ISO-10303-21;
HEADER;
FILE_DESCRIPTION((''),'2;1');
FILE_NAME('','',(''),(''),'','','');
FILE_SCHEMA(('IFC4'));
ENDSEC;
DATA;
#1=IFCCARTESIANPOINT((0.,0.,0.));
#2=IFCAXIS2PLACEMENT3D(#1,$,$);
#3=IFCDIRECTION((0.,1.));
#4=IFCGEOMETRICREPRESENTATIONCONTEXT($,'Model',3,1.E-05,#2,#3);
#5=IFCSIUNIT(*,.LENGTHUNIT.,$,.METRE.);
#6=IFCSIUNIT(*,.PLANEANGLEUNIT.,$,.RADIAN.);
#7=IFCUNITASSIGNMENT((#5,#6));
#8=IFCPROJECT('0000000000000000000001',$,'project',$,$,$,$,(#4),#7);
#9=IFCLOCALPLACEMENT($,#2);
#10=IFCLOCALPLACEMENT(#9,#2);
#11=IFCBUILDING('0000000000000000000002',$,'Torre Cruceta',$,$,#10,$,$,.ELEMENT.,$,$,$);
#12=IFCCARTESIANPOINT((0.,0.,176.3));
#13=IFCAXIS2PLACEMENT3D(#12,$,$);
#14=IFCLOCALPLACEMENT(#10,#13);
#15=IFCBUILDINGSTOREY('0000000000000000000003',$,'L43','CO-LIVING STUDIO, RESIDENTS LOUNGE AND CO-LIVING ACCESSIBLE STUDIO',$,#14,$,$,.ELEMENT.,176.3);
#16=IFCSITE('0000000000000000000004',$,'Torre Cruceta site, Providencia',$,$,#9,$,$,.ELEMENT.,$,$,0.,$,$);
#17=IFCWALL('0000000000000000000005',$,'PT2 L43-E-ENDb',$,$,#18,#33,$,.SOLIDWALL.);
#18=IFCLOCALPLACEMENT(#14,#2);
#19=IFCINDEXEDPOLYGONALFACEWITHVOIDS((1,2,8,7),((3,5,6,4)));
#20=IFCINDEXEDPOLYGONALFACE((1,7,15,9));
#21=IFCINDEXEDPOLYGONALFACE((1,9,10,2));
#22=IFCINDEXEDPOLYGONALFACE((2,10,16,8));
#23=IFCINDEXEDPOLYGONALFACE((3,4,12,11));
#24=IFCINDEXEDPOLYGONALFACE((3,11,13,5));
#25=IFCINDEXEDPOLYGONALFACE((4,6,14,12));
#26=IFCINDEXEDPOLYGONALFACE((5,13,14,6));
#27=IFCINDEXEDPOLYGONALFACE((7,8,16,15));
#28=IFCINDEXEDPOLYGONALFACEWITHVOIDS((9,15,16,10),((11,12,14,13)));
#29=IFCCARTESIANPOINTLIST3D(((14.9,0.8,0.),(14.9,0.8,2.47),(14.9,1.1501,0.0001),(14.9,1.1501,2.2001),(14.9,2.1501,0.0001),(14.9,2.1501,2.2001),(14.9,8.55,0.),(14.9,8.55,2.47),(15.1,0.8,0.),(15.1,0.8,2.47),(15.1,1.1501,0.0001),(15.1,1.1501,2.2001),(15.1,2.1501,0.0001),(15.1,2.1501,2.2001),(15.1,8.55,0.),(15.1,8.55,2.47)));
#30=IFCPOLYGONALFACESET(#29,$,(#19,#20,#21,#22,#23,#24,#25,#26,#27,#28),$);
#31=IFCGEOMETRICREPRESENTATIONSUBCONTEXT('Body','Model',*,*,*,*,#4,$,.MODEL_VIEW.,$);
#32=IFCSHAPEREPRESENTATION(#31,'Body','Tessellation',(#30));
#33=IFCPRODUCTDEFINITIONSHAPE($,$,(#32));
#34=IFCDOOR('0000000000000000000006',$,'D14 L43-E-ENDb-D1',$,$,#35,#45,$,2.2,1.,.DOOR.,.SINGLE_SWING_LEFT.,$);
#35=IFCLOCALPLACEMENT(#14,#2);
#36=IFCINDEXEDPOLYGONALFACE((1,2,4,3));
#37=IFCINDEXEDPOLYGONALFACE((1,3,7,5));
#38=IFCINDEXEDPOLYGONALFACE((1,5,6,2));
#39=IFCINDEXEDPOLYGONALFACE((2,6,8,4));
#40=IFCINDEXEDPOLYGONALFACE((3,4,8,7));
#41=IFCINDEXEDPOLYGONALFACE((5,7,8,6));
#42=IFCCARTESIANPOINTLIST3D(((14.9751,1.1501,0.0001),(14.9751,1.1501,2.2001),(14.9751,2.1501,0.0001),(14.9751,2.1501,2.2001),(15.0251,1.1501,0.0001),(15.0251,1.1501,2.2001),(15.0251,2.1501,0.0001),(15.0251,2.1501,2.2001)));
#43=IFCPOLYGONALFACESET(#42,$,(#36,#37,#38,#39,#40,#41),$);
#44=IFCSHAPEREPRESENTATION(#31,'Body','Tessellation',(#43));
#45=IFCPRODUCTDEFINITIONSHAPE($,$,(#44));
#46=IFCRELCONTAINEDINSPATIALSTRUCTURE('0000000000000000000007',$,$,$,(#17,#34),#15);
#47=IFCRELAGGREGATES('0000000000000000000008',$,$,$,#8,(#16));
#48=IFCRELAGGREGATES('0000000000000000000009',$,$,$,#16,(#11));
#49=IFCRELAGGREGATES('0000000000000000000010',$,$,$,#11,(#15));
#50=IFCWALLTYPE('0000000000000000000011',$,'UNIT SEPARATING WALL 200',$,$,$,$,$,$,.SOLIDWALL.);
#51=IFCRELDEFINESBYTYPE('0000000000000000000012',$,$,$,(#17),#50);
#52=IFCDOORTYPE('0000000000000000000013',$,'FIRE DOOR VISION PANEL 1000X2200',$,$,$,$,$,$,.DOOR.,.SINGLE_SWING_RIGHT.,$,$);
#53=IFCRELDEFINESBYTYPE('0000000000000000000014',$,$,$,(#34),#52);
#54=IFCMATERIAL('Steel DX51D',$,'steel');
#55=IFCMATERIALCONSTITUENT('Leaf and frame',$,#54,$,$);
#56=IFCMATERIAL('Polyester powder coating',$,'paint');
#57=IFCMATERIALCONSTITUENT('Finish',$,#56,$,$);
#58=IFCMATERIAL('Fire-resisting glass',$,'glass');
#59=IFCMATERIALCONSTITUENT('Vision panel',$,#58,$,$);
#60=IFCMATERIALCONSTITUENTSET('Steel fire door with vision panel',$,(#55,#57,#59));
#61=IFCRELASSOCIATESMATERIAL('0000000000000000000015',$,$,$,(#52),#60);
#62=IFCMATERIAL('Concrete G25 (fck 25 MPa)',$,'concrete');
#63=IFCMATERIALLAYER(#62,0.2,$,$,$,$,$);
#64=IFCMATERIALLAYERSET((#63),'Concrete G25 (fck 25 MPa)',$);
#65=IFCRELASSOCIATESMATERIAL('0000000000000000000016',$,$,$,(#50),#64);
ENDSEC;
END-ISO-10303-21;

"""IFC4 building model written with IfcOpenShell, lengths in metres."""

from ifc_helpers import new_model, si_unit, direction, frame, frame_2d, origin, place, context, subcontext, project, spatial, rectangle, extrude, material, layer, layer_set, constituent, constituent_set, type_object, element, fill, save


model = new_model("IFC4")

# Units and contexts
model_context = context("Model", 3, precision=1e-05, world=origin(), true_north=direction((0.0, 1.0)))
body_context = subcontext(model_context, "Body", "Model", "MODEL_VIEW")
ifc_project = project(units=[si_unit("LENGTHUNIT", "METRE"), si_unit("PLANEANGLEUNIT", "RADIAN")], contexts=[model_context])

# Site, building, storey
site_placement = place(None, origin())
site = spatial("IfcSite", under=ifc_project, at=site_placement, Name="Torre Cruceta site, Providencia", CompositionType="ELEMENT", RefElevation=0.0)
building_placement = place(site_placement, origin())
building = spatial("IfcBuilding", under=site, at=building_placement, Name="Torre Cruceta", CompositionType="ELEMENT")
storey_placement = place(building_placement, frame((0.0, 0.0, 176.3)))
storey = spatial("IfcBuildingStorey", under=building, at=storey_placement, Name="L43", Description="CO-LIVING STUDIO, RESIDENTS LOUNGE AND CO-LIVING ACCESSIBLE STUDIO", CompositionType="ELEMENT", Elevation=176.3)

# Shared definitions
ifc_material_1 = material(Name="Steel DX51D", Category="steel")
ifc_constituent_1 = constituent(ifc_material_1, Name="Leaf and frame")
ifc_material_2 = material(Name="Polyester powder coating", Category="paint")
ifc_constituent_2 = constituent(ifc_material_2, Name="Finish")
ifc_material_3 = material(Name="Fire-resisting glass", Category="glass")
ifc_constituent_3 = constituent(ifc_material_3, Name="Vision panel")
ifc_constituent_set_1 = constituent_set(constituents=[ifc_constituent_1, ifc_constituent_2, ifc_constituent_3], Name="Steel fire door with vision panel")
door_type_1 = type_object("IfcDoorType", Name="FIRE DOOR VISION PANEL 1000X2200", OperationType="SINGLE_SWING_RIGHT", PredefinedType="DOOR", material=ifc_constituent_set_1)

# Wall, opening, door
ifc_material_4 = material(Name="Concrete G25 (fck 25 MPa)", Category="concrete")
ifc_layer_1 = layer(ifc_material_4, 0.2)
ifc_layer_set_1 = layer_set([ifc_layer_1], Name="Concrete G25 (fck 25 MPa)")
wall_type_1 = type_object("IfcWallType", Name="UNIT SEPARATING WALL 200", PredefinedType="SOLIDWALL", material=ifc_layer_set_1)
wall_1_placement = place(storey_placement, frame((15.0, 0.8, 0.0), z_axis=(0.0, 0.0, 1.0), x_axis=(0.0, 1.0, 0.0)))
wall_1 = element("IfcWall", 1, at=wall_1_placement, inside=storey, type_object=wall_type_1, Name="PT2 L43-E-ENDb", PredefinedType="SOLIDWALL", context=body_context, shape_type="SweptSolid", body=[
    extrude(rectangle(XDim=7.75, YDim=0.2, at=frame_2d((3.875, 0.0))), origin(), (0.0, 0.0, 1.0), 2.47),
])
opening_1_placement = place(wall_1_placement, frame((0.3501, 0.0, 0.0)))
opening_1 = element("IfcOpeningElement", 2, at=opening_1_placement, cuts=wall_1, PredefinedType="OPENING", context=body_context, shape_type="SweptSolid", body=[
    extrude(rectangle(XDim=1.0, YDim=2.2, at=frame_2d((0.5, 1.1001))), frame((0.0, 0.1099, 0.0), z_axis=(0.0, -1.0, 0.0), x_axis=(1.0, 0.0, 0.0)), (0.0, 0.0, 1.0), 0.22),
])
door_1_placement = place(opening_1_placement, frame((1.0, 0.0, 0.0), z_axis=(0.0, 0.0, 1.0), x_axis=(-1.0, 0.0, 0.0)))
door_1 = element("IfcDoor", 3, at=door_1_placement, inside=storey, type_object=door_type_1, Name="D14 L43-E-ENDb-D1", OperationType="SINGLE_SWING_LEFT", OverallHeight=2.2, OverallWidth=1.0, PredefinedType="DOOR", context=body_context, shape_type="SweptSolid", body=[
    extrude(rectangle(XDim=1.0, YDim=2.2, at=frame_2d((0.5, 1.1001))), frame((0.0, 0.0251, 0.0), z_axis=(0.0, -1.0, 0.0), x_axis=(1.0, 0.0, 0.0)), (0.0, 0.0, 1.0), 0.05),
])
fill(opening_1, door_1)

save(model, "model.ifc")
